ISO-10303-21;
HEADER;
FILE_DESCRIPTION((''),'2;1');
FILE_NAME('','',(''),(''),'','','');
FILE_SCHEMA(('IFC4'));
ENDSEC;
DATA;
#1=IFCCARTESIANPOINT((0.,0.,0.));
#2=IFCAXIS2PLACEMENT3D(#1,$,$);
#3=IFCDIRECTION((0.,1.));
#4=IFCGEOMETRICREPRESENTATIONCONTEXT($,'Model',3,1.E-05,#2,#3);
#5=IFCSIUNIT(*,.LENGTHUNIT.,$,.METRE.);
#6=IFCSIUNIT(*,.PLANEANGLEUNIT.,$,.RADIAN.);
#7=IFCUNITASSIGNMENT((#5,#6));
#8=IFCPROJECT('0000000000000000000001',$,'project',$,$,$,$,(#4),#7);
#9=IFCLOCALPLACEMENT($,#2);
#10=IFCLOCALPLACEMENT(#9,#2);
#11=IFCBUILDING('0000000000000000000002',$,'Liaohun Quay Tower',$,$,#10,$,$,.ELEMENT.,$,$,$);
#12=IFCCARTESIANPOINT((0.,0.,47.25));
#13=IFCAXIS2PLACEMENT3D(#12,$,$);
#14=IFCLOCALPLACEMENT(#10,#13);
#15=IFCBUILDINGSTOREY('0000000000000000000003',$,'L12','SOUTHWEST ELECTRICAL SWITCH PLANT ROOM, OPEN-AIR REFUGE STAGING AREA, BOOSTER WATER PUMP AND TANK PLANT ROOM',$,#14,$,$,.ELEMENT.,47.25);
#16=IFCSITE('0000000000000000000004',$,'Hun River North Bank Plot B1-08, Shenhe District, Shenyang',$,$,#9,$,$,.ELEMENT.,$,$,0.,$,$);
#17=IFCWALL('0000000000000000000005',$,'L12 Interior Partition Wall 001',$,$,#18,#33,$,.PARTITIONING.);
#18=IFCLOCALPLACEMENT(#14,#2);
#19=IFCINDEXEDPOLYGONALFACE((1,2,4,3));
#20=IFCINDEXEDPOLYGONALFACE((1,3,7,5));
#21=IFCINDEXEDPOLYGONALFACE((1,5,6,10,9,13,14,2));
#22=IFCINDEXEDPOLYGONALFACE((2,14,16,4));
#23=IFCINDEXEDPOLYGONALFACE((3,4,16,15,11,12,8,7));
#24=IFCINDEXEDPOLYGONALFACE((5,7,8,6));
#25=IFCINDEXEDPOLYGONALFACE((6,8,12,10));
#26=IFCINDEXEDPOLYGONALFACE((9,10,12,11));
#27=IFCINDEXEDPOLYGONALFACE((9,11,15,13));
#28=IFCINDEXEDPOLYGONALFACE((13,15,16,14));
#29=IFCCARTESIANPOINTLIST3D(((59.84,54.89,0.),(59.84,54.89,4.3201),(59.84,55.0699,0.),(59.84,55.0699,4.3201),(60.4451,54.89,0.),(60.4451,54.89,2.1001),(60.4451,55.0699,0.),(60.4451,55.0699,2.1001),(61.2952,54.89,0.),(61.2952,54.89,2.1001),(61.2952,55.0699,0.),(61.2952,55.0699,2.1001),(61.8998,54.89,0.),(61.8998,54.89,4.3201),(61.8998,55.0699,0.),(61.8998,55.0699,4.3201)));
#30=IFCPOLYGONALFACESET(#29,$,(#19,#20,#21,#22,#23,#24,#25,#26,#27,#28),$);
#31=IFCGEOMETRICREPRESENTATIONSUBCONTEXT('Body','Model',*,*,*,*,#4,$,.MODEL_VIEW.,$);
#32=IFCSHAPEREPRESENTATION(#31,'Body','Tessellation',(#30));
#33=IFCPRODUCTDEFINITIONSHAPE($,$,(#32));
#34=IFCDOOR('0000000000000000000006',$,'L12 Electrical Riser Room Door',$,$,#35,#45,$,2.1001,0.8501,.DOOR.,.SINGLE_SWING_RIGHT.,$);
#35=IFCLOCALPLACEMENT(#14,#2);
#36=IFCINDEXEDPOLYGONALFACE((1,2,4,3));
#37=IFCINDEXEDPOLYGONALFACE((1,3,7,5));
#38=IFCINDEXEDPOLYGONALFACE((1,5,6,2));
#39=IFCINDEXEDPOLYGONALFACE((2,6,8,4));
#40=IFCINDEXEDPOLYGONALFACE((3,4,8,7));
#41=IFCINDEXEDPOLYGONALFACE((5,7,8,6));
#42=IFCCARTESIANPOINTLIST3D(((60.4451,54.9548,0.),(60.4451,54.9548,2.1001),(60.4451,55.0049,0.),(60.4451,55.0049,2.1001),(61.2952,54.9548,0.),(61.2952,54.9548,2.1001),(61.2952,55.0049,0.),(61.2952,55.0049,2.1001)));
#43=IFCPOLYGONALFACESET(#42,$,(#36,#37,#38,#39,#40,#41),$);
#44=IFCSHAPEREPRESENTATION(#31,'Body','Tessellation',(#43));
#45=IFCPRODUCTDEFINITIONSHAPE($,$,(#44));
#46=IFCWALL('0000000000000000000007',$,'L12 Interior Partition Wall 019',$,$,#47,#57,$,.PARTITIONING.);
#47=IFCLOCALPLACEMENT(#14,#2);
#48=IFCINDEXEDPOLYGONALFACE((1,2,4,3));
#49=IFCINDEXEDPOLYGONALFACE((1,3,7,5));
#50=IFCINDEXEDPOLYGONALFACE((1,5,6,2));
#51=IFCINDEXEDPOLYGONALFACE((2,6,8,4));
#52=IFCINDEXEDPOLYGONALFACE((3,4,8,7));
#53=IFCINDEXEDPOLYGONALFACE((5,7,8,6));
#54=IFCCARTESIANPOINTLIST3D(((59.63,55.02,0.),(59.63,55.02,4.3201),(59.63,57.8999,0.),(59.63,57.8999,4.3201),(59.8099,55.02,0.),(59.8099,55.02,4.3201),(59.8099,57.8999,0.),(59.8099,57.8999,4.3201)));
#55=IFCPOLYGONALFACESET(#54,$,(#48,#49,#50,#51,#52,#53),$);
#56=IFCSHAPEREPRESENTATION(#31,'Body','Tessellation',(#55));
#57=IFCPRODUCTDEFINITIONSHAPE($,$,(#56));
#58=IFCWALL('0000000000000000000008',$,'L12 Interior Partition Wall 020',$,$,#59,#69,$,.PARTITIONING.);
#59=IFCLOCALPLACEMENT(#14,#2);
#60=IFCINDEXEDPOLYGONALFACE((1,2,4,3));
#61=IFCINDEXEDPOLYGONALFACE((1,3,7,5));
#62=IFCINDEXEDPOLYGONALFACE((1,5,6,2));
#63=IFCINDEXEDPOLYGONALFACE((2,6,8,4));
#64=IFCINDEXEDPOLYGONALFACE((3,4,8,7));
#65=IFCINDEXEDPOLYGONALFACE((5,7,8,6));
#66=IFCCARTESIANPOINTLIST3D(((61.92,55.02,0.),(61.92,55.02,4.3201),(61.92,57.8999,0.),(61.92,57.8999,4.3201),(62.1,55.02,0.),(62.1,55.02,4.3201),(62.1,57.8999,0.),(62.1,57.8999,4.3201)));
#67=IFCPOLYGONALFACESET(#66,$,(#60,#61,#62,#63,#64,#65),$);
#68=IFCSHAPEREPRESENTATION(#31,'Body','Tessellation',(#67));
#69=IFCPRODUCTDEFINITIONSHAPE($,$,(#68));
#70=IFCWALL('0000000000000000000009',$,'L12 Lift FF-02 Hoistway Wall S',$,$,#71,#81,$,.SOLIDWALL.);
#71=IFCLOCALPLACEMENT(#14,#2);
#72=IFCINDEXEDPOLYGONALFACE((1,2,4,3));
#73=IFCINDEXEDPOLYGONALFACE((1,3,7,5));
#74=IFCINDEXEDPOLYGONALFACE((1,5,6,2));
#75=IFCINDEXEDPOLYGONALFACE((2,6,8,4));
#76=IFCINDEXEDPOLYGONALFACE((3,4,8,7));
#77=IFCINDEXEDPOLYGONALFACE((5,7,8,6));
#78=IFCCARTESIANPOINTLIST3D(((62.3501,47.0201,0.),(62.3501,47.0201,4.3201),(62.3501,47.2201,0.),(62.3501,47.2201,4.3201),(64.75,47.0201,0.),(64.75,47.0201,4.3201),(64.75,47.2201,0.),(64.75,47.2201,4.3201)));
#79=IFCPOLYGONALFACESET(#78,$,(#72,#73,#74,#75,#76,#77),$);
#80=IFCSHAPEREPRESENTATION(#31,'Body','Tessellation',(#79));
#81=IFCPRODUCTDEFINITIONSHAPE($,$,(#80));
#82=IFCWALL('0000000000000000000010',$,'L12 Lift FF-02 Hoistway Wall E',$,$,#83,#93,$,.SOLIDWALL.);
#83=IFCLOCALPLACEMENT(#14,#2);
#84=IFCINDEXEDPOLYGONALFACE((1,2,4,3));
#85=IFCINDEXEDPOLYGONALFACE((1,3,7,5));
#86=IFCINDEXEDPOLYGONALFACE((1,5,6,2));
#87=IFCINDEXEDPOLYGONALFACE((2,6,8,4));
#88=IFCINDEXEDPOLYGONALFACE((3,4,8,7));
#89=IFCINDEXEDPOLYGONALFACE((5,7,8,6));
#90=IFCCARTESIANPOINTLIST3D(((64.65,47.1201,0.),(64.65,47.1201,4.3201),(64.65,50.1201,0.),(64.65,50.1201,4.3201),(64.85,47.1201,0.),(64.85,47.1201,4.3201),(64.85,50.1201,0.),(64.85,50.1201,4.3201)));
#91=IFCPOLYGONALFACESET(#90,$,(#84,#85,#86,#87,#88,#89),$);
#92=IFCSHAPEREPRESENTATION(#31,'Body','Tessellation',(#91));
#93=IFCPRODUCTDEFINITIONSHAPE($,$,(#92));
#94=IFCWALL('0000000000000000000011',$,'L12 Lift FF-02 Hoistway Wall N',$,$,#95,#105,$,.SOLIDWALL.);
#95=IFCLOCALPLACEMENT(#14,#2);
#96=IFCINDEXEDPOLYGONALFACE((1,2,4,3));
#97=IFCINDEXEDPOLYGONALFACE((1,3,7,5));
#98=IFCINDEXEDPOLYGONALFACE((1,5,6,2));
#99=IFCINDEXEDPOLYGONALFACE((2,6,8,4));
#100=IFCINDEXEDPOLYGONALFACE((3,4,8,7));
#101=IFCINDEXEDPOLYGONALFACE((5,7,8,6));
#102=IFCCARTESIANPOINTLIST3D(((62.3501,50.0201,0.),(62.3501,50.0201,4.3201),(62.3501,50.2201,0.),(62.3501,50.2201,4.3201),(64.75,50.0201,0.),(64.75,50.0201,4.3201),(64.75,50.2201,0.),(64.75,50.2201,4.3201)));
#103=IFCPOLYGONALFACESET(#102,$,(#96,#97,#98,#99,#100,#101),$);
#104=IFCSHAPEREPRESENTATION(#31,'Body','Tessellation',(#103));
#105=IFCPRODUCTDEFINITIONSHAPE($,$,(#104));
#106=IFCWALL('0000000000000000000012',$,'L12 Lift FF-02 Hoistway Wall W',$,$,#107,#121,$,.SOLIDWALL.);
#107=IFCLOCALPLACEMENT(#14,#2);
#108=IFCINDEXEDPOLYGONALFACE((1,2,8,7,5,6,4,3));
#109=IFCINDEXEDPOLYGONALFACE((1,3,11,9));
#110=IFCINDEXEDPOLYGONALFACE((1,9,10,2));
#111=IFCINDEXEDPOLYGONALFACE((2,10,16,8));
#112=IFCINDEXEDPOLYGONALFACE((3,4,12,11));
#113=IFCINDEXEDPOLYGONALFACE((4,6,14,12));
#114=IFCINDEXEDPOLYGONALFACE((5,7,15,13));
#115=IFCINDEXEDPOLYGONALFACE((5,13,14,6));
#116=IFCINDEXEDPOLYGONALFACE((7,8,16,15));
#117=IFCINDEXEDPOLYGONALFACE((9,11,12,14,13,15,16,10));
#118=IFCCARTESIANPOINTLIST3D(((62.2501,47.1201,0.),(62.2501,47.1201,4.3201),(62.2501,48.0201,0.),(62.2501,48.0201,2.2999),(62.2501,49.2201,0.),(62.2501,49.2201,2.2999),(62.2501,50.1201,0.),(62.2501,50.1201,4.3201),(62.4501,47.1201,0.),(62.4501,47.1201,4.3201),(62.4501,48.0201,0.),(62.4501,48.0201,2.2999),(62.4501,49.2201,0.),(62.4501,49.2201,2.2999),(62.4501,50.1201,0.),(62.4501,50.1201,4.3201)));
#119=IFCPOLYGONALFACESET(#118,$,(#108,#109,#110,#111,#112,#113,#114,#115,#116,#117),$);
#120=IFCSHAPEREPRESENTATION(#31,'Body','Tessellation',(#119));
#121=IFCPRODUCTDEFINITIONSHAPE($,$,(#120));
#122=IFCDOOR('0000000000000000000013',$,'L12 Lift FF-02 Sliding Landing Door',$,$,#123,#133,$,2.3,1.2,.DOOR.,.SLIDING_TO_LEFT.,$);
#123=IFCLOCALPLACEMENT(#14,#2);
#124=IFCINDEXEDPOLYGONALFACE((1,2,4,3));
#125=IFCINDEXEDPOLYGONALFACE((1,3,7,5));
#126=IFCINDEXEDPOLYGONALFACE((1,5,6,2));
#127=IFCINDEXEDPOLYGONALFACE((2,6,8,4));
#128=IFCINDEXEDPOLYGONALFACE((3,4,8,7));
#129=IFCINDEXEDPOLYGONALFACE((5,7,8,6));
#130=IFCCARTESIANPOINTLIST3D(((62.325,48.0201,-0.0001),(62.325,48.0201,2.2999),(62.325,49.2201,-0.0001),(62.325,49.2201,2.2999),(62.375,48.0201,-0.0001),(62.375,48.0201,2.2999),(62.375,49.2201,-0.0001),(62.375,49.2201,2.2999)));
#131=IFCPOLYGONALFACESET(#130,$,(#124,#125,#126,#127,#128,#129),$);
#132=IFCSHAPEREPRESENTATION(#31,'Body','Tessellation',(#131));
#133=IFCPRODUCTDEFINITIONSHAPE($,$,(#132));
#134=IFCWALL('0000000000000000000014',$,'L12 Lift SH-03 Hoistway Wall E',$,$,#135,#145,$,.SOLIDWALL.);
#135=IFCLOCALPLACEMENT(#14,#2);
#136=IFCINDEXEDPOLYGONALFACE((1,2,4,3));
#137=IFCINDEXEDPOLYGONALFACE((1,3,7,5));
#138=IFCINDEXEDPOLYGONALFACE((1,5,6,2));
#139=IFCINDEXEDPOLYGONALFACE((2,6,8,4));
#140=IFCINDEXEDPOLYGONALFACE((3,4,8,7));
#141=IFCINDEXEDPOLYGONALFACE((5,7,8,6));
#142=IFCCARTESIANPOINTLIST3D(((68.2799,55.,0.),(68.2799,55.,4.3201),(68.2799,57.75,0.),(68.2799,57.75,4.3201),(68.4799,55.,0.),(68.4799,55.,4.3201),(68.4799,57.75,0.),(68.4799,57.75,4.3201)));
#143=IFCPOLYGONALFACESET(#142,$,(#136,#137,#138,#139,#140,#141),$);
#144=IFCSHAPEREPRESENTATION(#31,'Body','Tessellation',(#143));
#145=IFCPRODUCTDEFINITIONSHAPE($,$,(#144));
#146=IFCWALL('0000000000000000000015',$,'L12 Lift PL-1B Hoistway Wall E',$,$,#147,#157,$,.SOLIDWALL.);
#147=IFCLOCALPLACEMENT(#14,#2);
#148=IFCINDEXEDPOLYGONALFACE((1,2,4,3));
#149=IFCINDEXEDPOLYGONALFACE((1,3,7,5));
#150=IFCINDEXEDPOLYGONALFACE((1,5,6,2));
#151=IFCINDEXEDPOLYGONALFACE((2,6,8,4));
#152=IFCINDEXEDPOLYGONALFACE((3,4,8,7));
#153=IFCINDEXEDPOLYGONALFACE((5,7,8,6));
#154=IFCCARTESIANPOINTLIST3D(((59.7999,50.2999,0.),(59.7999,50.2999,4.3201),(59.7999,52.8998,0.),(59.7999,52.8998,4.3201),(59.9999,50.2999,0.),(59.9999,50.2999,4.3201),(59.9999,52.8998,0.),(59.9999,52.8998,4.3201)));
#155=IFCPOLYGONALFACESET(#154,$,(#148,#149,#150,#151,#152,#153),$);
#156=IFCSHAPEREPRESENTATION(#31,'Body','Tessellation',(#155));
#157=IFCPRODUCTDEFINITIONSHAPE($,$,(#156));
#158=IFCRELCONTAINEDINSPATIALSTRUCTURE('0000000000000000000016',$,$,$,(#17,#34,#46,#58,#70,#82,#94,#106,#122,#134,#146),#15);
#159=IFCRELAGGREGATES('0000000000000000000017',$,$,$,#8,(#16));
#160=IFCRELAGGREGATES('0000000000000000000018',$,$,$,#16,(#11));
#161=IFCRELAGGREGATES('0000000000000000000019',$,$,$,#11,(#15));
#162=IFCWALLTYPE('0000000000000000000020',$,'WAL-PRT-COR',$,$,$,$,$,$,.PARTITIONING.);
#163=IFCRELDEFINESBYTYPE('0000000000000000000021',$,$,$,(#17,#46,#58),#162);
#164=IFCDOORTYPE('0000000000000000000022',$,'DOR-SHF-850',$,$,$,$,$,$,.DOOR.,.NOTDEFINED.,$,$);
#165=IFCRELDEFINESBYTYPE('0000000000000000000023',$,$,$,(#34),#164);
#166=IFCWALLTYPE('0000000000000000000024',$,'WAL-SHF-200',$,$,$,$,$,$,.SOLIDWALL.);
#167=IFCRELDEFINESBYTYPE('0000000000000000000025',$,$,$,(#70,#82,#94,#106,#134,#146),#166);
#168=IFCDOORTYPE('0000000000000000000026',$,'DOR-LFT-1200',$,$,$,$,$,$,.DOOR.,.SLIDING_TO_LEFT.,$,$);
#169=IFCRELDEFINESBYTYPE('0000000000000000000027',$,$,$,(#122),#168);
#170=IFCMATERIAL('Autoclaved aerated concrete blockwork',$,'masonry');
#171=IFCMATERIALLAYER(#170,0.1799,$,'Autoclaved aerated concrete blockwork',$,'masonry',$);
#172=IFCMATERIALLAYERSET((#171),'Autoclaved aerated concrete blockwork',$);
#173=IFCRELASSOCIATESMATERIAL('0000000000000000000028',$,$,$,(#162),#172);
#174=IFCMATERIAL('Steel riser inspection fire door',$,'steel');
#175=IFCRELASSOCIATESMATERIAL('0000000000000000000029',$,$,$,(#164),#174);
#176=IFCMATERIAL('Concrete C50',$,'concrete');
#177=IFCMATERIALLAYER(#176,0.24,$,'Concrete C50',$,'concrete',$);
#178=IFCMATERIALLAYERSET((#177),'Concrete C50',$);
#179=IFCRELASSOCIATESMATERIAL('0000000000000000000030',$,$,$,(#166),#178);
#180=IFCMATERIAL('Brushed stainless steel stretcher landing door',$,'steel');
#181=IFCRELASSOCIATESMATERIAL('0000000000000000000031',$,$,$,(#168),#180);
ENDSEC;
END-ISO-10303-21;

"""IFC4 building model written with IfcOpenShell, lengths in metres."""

from ifc_helpers import new_model, si_unit, direction, frame, frame_2d, origin, place, context, subcontext, project, spatial, rectangle, extrude, source, transform, mapped, material, layer, layer_set, type_object, element, fill, save


model = new_model("IFC4")

# Units and contexts
model_context = context("Model", 3, precision=1e-05, world=origin(), true_north=direction((0.0, 1.0)))
body_context = subcontext(model_context, "Body", "Model", "MODEL_VIEW")
ifc_project = project(units=[si_unit("LENGTHUNIT", "METRE"), si_unit("PLANEANGLEUNIT", "RADIAN")], contexts=[model_context])

# Site, building, storey
site_placement = place(None, origin())
site = spatial("IfcSite", under=ifc_project, at=site_placement, Name="Hun River North Bank Plot B1-08, Shenhe District, Shenyang", CompositionType="ELEMENT", RefElevation=0.0)
building_placement = place(site_placement, origin())
building = spatial("IfcBuilding", under=site, at=building_placement, Name="Liaohun Quay Tower", CompositionType="ELEMENT")
storey_placement = place(building_placement, frame((0.0, 0.0, 47.25)))
storey = spatial("IfcBuildingStorey", under=building, at=storey_placement, Name="L12", Description="SOUTHWEST ELECTRICAL SWITCH PLANT ROOM, OPEN-AIR REFUGE STAGING AREA, BOOSTER WATER PUMP AND TANK PLANT ROOM", CompositionType="ELEMENT", Elevation=47.25)

# Wall, opening, door
ifc_material_1 = material(Name="Autoclaved aerated concrete blockwork", Category="masonry")
ifc_layer_1 = layer(ifc_material_1, 0.1799, Name="Autoclaved aerated concrete blockwork", Category="masonry")
ifc_layer_set_1 = layer_set([ifc_layer_1], Name="Autoclaved aerated concrete blockwork")
wall_type_1 = type_object("IfcWallType", Name="WAL-PRT-COR", PredefinedType="PARTITIONING", material=ifc_layer_set_1)
wall_1_placement = place(storey_placement, frame((59.8401, 54.98, 0.0), z_axis=(0.0, 0.0, 1.0), x_axis=(1.0, 0.0, 0.0)))
wall_1 = element("IfcWall", 1, at=wall_1_placement, inside=storey, type_object=wall_type_1, Name="L12 Interior Partition Wall 001", PredefinedType="PARTITIONING", context=body_context, shape_type="SweptSolid", body=[
    extrude(rectangle(XDim=2.0598, YDim=0.1799, at=frame_2d((1.0298, 0.0))), origin(), (0.0, 0.0, 1.0), 4.3201),
])
shared_shape_1 = source(origin(), body_context, "Body", "SweptSolid", [
    extrude(rectangle(XDim=0.8501, YDim=2.1001, at=frame_2d((0.425, 1.05))), frame((0.0, 0.0999, 0.0), z_axis=(0.0, -1.0, 0.0), x_axis=(1.0, 0.0, 0.0)), (0.0, 0.0, 1.0), 0.2),
])
opening_1_placement = place(wall_1_placement, frame((0.605, 0.0, 0.0)))
opening_1 = element("IfcOpeningElement", 2, at=opening_1_placement, cuts=wall_1, PredefinedType="OPENING", context=body_context, shape_type="MappedRepresentation", body=[
    mapped(shared_shape_1, transform((0.0, 0.0, 0.0), x_axis=(1.0, 0.0, 0.0), y_axis=(0.0, 1.0, 0.0), z_axis=(0.0, 0.0, 1.0), scale=1.0)),
])
ifc_material_2 = material(Name="Steel riser inspection fire door", Category="steel")
door_type_1 = type_object("IfcDoorType", Name="DOR-SHF-850", OperationType="NOTDEFINED", PredefinedType="DOOR", material=ifc_material_2)
shared_shape_2 = source(origin(), body_context, "Body", "SweptSolid", [
    extrude(rectangle(XDim=0.8501, YDim=2.1001, at=frame_2d((0.425, 1.05))), frame((0.0, 0.0249, 0.0), z_axis=(0.0, -1.0, 0.0), x_axis=(1.0, 0.0, 0.0)), (0.0, 0.0, 1.0), 0.05),
])
door_1_placement = place(opening_1_placement, origin())
door_1 = element("IfcDoor", 3, at=door_1_placement, inside=storey, type_object=door_type_1, Name="L12 Electrical Riser Room Door", OperationType="SINGLE_SWING_RIGHT", OverallHeight=2.1001, OverallWidth=0.8501, PredefinedType="DOOR", context=body_context, shape_type="MappedRepresentation", body=[
    mapped(shared_shape_2, transform((0.0, 0.0, 0.0), x_axis=(1.0, 0.0, 0.0), y_axis=(0.0, 1.0, 0.0), z_axis=(0.0, 0.0, 1.0), scale=1.0)),
])
fill(opening_1, door_1)

# Walls
for number, where, z_axis, x_axis, name in (
    (4, (59.72, 55.02, 0.0), (0.0, 0.0, 1.0), (0.0, 1.0, 0.0), "L12 Interior Partition Wall 019"),
    (5, (62.01, 55.02, 0.0), (0.0, 0.0, 1.0), (0.0, 1.0, 0.0), "L12 Interior Partition Wall 020"),
):
    element("IfcWall", number, at=place(storey_placement, frame(where, z_axis=z_axis, x_axis=x_axis)), inside=storey, type_object=wall_type_1, Name=name, PredefinedType="PARTITIONING", context=body_context, shape_type="SweptSolid", body=[
        extrude(rectangle(XDim=2.8799, YDim=0.1799, at=frame_2d((1.4399, 0.0))), origin(), (0.0, 0.0, 1.0), 4.3201),
    ])
ifc_material_3 = material(Name="Concrete C50", Category="concrete")
ifc_layer_2 = layer(ifc_material_3, 0.24, Name="Concrete C50", Category="concrete")
ifc_layer_set_2 = layer_set([ifc_layer_2], Name="Concrete C50")
wall_type_2 = type_object("IfcWallType", Name="WAL-SHF-200", PredefinedType="SOLIDWALL", material=ifc_layer_set_2)
wall_2_placement = place(storey_placement, frame((62.3501, 47.1201, 0.0), z_axis=(0.0, 0.0, 1.0), x_axis=(1.0, 0.0, 0.0)))
element("IfcWall", 6, at=wall_2_placement, inside=storey, type_object=wall_type_2, Name="L12 Lift FF-02 Hoistway Wall S", PredefinedType="SOLIDWALL", context=body_context, shape_type="SweptSolid", body=[
    extrude(rectangle(XDim=2.3999, YDim=0.2, at=frame_2d((1.2, 0.0))), origin(), (0.0, 0.0, 1.0), 4.3201),
])
wall_3_placement = place(storey_placement, frame((64.75, 47.1201, 0.0), z_axis=(0.0, 0.0, 1.0), x_axis=(0.0, 1.0, 0.0)))
element("IfcWall", 7, at=wall_3_placement, inside=storey, type_object=wall_type_2, Name="L12 Lift FF-02 Hoistway Wall E", PredefinedType="SOLIDWALL", context=body_context, shape_type="SweptSolid", body=[
    extrude(rectangle(XDim=3.0, YDim=0.2, at=frame_2d((1.5, 0.0))), origin(), (0.0, 0.0, 1.0), 4.3201),
])
wall_4_placement = place(storey_placement, frame((64.75, 50.1201, 0.0), z_axis=(0.0, 0.0, 1.0), x_axis=(-1.0, 0.0, 0.0)))
element("IfcWall", 8, at=wall_4_placement, inside=storey, type_object=wall_type_2, Name="L12 Lift FF-02 Hoistway Wall N", PredefinedType="SOLIDWALL", context=body_context, shape_type="SweptSolid", body=[
    extrude(rectangle(XDim=2.3999, YDim=0.2, at=frame_2d((1.2, 0.0))), origin(), (0.0, 0.0, 1.0), 4.3201),
])

# Wall, opening, door
wall_5_placement = place(storey_placement, frame((62.3501, 50.1201, 0.0), z_axis=(0.0, 0.0, 1.0), x_axis=(0.0, -1.0, 0.0)))
wall_5 = element("IfcWall", 9, at=wall_5_placement, inside=storey, type_object=wall_type_2, Name="L12 Lift FF-02 Hoistway Wall W", PredefinedType="SOLIDWALL", context=body_context, shape_type="SweptSolid", body=[
    extrude(rectangle(XDim=3.0, YDim=0.2, at=frame_2d((1.5, 0.0))), origin(), (0.0, 0.0, 1.0), 4.3201),
])
shared_shape_3 = source(origin(), body_context, "Body", "SweptSolid", [
    extrude(rectangle(XDim=1.2, YDim=2.3, at=frame_2d((0.6001, 1.1499))), frame((0.0, 0.1099, 0.0), z_axis=(0.0, -1.0, 0.0), x_axis=(1.0, 0.0, 0.0)), (0.0, 0.0, 1.0), 0.22),
])
opening_2_placement = place(wall_5_placement, frame((0.8999, 0.0, 0.0)))
opening_2 = element("IfcOpeningElement", 10, at=opening_2_placement, cuts=wall_5, PredefinedType="OPENING", context=body_context, shape_type="MappedRepresentation", body=[
    mapped(shared_shape_3, transform((0.0, 0.0, 0.0), x_axis=(1.0, 0.0, 0.0), y_axis=(0.0, 1.0, 0.0), z_axis=(0.0, 0.0, 1.0), scale=1.0)),
])
ifc_material_4 = material(Name="Brushed stainless steel stretcher landing door", Category="steel")
door_type_2 = type_object("IfcDoorType", Name="DOR-LFT-1200", OperationType="SLIDING_TO_LEFT", PredefinedType="DOOR", material=ifc_material_4)
shared_shape_4 = source(origin(), body_context, "Body", "SweptSolid", [
    extrude(rectangle(XDim=1.2, YDim=2.3, at=frame_2d((0.6001, 1.1499))), frame((0.0, 0.0249, 0.0), z_axis=(0.0, -1.0, 0.0), x_axis=(1.0, 0.0, 0.0)), (0.0, 0.0, 1.0), 0.05),
])
door_2_placement = place(opening_2_placement, origin())
door_2 = element("IfcDoor", 11, at=door_2_placement, inside=storey, type_object=door_type_2, Name="L12 Lift FF-02 Sliding Landing Door", OperationType="SLIDING_TO_LEFT", OverallHeight=2.3, OverallWidth=1.2, PredefinedType="DOOR", context=body_context, shape_type="MappedRepresentation", body=[
    mapped(shared_shape_4, transform((0.0, 0.0, 0.0), x_axis=(1.0, 0.0, 0.0), y_axis=(0.0, 1.0, 0.0), z_axis=(0.0, 0.0, 1.0), scale=1.0)),
])
fill(opening_2, door_2)

# Walls
wall_6_placement = place(storey_placement, frame((68.3799, 55.0, 0.0), z_axis=(0.0, 0.0, 1.0), x_axis=(0.0, 1.0, 0.0)))
element("IfcWall", 12, at=wall_6_placement, inside=storey, type_object=wall_type_2, Name="L12 Lift SH-03 Hoistway Wall E", PredefinedType="SOLIDWALL", context=body_context, shape_type="SweptSolid", body=[
    extrude(rectangle(XDim=2.75, YDim=0.2, at=frame_2d((1.375, 0.0))), origin(), (0.0, 0.0, 1.0), 4.3201),
])
wall_7_placement = place(storey_placement, frame((59.8999, 50.3, 0.0), z_axis=(0.0, 0.0, 1.0), x_axis=(0.0, 1.0, 0.0)))
element("IfcWall", 13, at=wall_7_placement, inside=storey, type_object=wall_type_2, Name="L12 Lift PL-1B Hoistway Wall E", PredefinedType="SOLIDWALL", context=body_context, shape_type="SweptSolid", body=[
    extrude(rectangle(XDim=2.5999, YDim=0.2, at=frame_2d((1.2998, 0.0))), origin(), (0.0, 0.0, 1.0), 4.3201),
])

save(model, "model.ifc")
